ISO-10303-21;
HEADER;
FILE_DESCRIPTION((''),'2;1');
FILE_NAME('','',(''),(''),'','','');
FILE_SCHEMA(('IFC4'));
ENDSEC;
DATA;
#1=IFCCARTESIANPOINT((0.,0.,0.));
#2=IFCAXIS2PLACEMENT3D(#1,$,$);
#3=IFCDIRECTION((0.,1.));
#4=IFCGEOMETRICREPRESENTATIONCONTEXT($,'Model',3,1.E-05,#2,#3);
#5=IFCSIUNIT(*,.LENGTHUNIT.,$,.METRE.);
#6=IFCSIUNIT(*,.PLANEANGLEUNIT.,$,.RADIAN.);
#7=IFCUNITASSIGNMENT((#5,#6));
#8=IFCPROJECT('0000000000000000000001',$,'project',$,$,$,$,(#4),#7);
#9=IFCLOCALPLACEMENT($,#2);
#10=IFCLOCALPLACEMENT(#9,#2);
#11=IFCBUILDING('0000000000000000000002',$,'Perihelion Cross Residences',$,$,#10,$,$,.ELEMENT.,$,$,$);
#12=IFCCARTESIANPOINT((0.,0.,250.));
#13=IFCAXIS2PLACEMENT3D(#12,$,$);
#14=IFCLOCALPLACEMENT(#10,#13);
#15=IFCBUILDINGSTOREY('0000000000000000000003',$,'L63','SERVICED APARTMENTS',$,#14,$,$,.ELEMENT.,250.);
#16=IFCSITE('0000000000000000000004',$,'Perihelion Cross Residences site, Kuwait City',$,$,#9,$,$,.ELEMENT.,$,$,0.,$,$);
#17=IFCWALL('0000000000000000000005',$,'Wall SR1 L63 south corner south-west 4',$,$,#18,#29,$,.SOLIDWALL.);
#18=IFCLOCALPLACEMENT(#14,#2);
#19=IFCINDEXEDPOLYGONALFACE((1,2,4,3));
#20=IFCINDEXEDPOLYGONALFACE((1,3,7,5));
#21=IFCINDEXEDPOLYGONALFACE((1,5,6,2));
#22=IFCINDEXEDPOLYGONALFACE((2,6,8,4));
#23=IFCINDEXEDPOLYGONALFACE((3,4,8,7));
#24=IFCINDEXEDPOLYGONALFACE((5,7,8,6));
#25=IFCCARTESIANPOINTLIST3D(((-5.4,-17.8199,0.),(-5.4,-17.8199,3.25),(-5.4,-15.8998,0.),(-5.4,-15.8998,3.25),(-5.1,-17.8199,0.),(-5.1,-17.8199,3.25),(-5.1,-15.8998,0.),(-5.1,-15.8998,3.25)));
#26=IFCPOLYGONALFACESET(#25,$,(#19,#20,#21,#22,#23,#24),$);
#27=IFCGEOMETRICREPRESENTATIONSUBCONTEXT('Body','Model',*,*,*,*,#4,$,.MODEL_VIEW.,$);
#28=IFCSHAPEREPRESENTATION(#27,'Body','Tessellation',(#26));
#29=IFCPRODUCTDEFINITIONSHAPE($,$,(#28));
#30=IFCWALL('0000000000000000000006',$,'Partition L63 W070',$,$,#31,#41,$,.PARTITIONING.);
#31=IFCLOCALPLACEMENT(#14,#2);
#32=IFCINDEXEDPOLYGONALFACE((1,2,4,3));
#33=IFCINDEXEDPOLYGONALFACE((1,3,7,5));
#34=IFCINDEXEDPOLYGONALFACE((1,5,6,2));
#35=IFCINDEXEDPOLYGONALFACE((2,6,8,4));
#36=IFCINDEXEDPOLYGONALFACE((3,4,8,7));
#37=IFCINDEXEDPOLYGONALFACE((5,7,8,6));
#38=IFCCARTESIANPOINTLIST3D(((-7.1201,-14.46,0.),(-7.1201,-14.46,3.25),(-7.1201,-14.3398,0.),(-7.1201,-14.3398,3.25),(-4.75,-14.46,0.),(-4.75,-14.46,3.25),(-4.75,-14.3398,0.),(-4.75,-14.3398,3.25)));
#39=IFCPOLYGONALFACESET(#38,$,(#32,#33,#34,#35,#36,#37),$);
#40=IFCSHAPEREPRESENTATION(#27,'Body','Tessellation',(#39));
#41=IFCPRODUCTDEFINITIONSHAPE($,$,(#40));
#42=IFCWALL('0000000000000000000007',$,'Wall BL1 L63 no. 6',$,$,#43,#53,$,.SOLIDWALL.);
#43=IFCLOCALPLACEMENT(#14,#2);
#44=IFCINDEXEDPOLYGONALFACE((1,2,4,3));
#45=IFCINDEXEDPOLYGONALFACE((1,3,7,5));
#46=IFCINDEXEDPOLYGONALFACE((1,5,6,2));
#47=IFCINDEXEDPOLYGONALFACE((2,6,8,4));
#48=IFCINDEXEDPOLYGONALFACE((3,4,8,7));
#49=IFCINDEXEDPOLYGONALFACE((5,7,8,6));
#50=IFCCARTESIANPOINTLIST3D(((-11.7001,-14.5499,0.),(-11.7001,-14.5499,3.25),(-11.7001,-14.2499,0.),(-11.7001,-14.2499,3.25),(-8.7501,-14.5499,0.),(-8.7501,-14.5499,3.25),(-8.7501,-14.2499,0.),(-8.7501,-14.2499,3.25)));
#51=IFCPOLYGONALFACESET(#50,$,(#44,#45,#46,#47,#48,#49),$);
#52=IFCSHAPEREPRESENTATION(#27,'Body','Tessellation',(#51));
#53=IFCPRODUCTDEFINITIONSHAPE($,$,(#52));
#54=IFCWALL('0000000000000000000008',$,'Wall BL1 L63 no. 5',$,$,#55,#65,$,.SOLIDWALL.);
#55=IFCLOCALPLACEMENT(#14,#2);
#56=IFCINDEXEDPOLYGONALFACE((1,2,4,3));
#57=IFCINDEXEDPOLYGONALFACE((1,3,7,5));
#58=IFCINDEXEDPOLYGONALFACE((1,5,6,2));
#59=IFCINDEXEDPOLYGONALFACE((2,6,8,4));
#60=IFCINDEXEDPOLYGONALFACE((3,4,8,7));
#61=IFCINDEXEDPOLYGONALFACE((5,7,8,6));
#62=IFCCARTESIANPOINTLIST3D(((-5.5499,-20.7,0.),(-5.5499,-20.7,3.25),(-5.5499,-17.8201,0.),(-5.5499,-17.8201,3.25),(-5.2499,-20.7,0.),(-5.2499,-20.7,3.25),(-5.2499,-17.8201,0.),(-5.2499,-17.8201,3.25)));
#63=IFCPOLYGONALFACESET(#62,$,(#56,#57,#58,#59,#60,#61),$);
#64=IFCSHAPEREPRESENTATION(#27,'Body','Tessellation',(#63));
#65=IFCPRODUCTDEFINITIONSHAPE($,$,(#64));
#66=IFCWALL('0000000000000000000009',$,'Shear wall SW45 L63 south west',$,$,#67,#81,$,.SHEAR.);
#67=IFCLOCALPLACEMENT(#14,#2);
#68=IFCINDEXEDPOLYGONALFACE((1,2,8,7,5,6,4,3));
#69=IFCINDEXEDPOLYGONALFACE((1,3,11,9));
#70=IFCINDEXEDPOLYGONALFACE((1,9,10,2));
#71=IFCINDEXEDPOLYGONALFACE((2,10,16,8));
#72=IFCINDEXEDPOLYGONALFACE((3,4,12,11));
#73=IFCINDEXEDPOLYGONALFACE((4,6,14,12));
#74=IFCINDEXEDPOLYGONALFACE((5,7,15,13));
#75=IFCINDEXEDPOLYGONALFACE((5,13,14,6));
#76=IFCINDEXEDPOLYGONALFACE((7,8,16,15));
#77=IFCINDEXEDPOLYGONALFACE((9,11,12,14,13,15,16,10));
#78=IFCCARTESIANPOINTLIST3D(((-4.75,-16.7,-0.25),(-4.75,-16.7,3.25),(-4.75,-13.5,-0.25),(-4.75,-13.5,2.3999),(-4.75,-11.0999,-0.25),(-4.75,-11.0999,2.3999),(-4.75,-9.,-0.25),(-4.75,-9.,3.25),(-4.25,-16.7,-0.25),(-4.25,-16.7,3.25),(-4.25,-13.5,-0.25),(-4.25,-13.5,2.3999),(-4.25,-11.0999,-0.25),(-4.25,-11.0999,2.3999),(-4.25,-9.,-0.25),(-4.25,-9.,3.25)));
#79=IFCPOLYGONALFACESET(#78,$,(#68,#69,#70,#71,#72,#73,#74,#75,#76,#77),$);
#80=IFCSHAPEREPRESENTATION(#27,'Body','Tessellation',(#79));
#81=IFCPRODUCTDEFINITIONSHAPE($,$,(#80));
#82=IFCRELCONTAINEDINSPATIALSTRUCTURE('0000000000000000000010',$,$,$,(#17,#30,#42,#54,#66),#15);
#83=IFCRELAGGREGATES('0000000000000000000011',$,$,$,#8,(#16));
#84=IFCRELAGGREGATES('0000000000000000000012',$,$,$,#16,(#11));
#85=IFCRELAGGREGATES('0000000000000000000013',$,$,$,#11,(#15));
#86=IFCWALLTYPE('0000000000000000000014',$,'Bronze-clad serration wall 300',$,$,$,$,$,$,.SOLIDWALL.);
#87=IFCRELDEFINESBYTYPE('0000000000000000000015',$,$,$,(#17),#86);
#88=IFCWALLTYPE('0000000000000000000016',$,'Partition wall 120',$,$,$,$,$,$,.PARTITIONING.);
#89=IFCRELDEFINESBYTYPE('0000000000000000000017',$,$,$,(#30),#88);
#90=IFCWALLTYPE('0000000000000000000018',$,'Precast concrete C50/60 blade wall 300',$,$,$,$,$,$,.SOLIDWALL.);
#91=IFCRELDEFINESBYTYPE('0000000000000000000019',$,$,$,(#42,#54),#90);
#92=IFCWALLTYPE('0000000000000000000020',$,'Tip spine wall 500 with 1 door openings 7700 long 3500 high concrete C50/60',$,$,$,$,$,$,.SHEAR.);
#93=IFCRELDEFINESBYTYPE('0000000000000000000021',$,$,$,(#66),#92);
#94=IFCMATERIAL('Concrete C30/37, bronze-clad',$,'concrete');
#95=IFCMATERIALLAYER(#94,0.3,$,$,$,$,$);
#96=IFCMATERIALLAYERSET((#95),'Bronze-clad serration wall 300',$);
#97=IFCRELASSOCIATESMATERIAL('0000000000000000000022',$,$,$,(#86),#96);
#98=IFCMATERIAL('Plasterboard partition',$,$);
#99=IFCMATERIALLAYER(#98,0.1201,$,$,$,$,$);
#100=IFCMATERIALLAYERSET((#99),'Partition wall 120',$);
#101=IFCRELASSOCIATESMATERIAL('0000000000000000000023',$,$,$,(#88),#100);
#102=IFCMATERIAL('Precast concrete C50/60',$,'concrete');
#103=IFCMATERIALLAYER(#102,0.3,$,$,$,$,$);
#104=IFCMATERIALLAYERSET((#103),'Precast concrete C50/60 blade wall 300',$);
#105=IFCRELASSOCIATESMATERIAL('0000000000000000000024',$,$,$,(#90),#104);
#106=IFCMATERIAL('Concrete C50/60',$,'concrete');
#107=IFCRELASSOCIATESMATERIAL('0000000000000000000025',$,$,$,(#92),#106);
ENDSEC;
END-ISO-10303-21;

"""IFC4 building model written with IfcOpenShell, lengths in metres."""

from ifc_helpers import new_model, si_unit, direction, frame, frame_2d, origin, place, context, subcontext, project, spatial, polyline, rectangle, outline, extrude, material, layer, layer_set, material_profile, profile_set, type_object, element, save


model = new_model("IFC4")

# Units and contexts
model_context = context("Model", 3, precision=1e-05, world=origin(), true_north=direction((0.0, 1.0)))
body_context = subcontext(model_context, "Body", "Model", "MODEL_VIEW")
ifc_project = project(units=[si_unit("LENGTHUNIT", "METRE"), si_unit("PLANEANGLEUNIT", "RADIAN")], contexts=[model_context])

# Site, building, storey
site_placement = place(None, origin())
site = spatial("IfcSite", under=ifc_project, at=site_placement, Name="Perihelion Cross Residences site, Kuwait City", CompositionType="ELEMENT", RefElevation=0.0)
building_placement = place(site_placement, origin())
building = spatial("IfcBuilding", under=site, at=building_placement, Name="Perihelion Cross Residences", CompositionType="ELEMENT")
storey_placement = place(building_placement, frame((0.0, 0.0, 250.0)))
storey = spatial("IfcBuildingStorey", under=building, at=storey_placement, Name="L63", Description="SERVICED APARTMENTS", CompositionType="ELEMENT", Elevation=250.0)

# Walls
ifc_material_1 = material(Name="Concrete C30/37, bronze-clad", Category="concrete")
ifc_layer_1 = layer(ifc_material_1, 0.3)
ifc_layer_set_1 = layer_set([ifc_layer_1], Name="Bronze-clad serration wall 300")
wall_type_1 = type_object("IfcWallType", Name="Bronze-clad serration wall 300", PredefinedType="SOLIDWALL", material=ifc_layer_set_1)
wall_1_placement = place(storey_placement, frame((-5.25, -15.8999, 0.0), z_axis=(0.0, 0.0, 1.0), x_axis=(0.0, -1.0, 0.0)))
element("IfcWall", 1, at=wall_1_placement, inside=storey, type_object=wall_type_1, Name="Wall SR1 L63 south corner south-west 4", PredefinedType="SOLIDWALL", context=body_context, shape_type="SweptSolid", body=[
    extrude(rectangle(XDim=1.9202, YDim=0.3, at=frame_2d((0.96, 0.0))), origin(), (0.0, 0.0, 1.0), 3.25),
])
ifc_material_2 = material(Name="Plasterboard partition")
ifc_layer_2 = layer(ifc_material_2, 0.1201)
ifc_layer_set_2 = layer_set([ifc_layer_2], Name="Partition wall 120")
wall_type_2 = type_object("IfcWallType", Name="Partition wall 120", PredefinedType="PARTITIONING", material=ifc_layer_set_2)
wall_2_placement = place(storey_placement, frame((-4.75, -14.3999, 0.0), z_axis=(0.0, 0.0, 1.0), x_axis=(-1.0, 0.0, 0.0)))
element("IfcWall", 2, at=wall_2_placement, inside=storey, type_object=wall_type_2, Name="Partition L63 W070", PredefinedType="PARTITIONING", context=body_context, shape_type="SweptSolid", body=[
    extrude(rectangle(XDim=2.3701, YDim=0.1201, at=frame_2d((1.1851, 0.0))), origin(), (0.0, 0.0, 1.0), 3.25),
])
ifc_material_3 = material(Name="Precast concrete C50/60", Category="concrete")
ifc_layer_3 = layer(ifc_material_3, 0.3)
ifc_layer_set_3 = layer_set([ifc_layer_3], Name="Precast concrete C50/60 blade wall 300")
wall_type_3 = type_object("IfcWallType", Name="Precast concrete C50/60 blade wall 300", PredefinedType="SOLIDWALL", material=ifc_layer_set_3)
wall_3_placement = place(storey_placement, frame((-8.75, -14.3999, 0.0), z_axis=(0.0, 0.0, 1.0), x_axis=(-1.0, 0.0, 0.0)))
element("IfcWall", 3, at=wall_3_placement, inside=storey, type_object=wall_type_3, Name="Wall BL1 L63 no. 6", PredefinedType="SOLIDWALL", context=body_context, shape_type="SweptSolid", body=[
    extrude(rectangle(XDim=2.95, YDim=0.3, at=frame_2d((1.4751, 0.0))), origin(), (0.0, 0.0, 1.0), 3.25),
])
wall_4_placement = place(storey_placement, frame((-5.3999, -17.8201, 0.0), z_axis=(0.0, 0.0, 1.0), x_axis=(0.0, -1.0, 0.0)))
element("IfcWall", 4, at=wall_4_placement, inside=storey, type_object=wall_type_3, Name="Wall BL1 L63 no. 5", PredefinedType="SOLIDWALL", context=body_context, shape_type="SweptSolid", body=[
    extrude(rectangle(XDim=2.8799, YDim=0.3, at=frame_2d((1.4399, 0.0))), origin(), (0.0, 0.0, 1.0), 3.25),
])
ifc_material_4 = material(Name="Concrete C50/60", Category="concrete")
ifc_material_profile_1 = material_profile(ifc_material_4, outline(polyline([(0.0, 0.0), (3.2, 0.0), (3.2, 2.6499), (5.6001, 2.6499), (5.6001, 0.0), (7.7, 0.0), (7.7, 3.5), (0.0, 3.5), (0.0, 0.0)])), Name="Tip spine wall")
ifc_profile_set_1 = profile_set([ifc_material_profile_1], Name="Concrete C50/60")
wall_type_4 = type_object("IfcWallType", Name="Tip spine wall 500 with 1 door openings 7700 long 3500 high concrete C50/60", PredefinedType="SHEAR", material=ifc_profile_set_1)
wall_5_placement = place(storey_placement, frame((-4.75, -16.7, -0.25), z_axis=(1.0, 0.0, 0.0), x_axis=(0.0, 1.0, 0.0)))
element("IfcWall", 5, at=wall_5_placement, inside=storey, type_object=wall_type_4, Name="Shear wall SW45 L63 south west", PredefinedType="SHEAR", context=body_context, shape_type="SweptSolid", body=[
    extrude(outline(polyline([(0.0, 0.0), (3.2, 0.0), (3.2, 2.6499), (5.6001, 2.6499), (5.6001, 0.0), (7.7, 0.0), (7.7, 3.5), (0.0, 3.5), (0.0, 0.0)])), origin(), (0.0, 0.0, 1.0), 0.5),
])

save(model, "model.ifc")
